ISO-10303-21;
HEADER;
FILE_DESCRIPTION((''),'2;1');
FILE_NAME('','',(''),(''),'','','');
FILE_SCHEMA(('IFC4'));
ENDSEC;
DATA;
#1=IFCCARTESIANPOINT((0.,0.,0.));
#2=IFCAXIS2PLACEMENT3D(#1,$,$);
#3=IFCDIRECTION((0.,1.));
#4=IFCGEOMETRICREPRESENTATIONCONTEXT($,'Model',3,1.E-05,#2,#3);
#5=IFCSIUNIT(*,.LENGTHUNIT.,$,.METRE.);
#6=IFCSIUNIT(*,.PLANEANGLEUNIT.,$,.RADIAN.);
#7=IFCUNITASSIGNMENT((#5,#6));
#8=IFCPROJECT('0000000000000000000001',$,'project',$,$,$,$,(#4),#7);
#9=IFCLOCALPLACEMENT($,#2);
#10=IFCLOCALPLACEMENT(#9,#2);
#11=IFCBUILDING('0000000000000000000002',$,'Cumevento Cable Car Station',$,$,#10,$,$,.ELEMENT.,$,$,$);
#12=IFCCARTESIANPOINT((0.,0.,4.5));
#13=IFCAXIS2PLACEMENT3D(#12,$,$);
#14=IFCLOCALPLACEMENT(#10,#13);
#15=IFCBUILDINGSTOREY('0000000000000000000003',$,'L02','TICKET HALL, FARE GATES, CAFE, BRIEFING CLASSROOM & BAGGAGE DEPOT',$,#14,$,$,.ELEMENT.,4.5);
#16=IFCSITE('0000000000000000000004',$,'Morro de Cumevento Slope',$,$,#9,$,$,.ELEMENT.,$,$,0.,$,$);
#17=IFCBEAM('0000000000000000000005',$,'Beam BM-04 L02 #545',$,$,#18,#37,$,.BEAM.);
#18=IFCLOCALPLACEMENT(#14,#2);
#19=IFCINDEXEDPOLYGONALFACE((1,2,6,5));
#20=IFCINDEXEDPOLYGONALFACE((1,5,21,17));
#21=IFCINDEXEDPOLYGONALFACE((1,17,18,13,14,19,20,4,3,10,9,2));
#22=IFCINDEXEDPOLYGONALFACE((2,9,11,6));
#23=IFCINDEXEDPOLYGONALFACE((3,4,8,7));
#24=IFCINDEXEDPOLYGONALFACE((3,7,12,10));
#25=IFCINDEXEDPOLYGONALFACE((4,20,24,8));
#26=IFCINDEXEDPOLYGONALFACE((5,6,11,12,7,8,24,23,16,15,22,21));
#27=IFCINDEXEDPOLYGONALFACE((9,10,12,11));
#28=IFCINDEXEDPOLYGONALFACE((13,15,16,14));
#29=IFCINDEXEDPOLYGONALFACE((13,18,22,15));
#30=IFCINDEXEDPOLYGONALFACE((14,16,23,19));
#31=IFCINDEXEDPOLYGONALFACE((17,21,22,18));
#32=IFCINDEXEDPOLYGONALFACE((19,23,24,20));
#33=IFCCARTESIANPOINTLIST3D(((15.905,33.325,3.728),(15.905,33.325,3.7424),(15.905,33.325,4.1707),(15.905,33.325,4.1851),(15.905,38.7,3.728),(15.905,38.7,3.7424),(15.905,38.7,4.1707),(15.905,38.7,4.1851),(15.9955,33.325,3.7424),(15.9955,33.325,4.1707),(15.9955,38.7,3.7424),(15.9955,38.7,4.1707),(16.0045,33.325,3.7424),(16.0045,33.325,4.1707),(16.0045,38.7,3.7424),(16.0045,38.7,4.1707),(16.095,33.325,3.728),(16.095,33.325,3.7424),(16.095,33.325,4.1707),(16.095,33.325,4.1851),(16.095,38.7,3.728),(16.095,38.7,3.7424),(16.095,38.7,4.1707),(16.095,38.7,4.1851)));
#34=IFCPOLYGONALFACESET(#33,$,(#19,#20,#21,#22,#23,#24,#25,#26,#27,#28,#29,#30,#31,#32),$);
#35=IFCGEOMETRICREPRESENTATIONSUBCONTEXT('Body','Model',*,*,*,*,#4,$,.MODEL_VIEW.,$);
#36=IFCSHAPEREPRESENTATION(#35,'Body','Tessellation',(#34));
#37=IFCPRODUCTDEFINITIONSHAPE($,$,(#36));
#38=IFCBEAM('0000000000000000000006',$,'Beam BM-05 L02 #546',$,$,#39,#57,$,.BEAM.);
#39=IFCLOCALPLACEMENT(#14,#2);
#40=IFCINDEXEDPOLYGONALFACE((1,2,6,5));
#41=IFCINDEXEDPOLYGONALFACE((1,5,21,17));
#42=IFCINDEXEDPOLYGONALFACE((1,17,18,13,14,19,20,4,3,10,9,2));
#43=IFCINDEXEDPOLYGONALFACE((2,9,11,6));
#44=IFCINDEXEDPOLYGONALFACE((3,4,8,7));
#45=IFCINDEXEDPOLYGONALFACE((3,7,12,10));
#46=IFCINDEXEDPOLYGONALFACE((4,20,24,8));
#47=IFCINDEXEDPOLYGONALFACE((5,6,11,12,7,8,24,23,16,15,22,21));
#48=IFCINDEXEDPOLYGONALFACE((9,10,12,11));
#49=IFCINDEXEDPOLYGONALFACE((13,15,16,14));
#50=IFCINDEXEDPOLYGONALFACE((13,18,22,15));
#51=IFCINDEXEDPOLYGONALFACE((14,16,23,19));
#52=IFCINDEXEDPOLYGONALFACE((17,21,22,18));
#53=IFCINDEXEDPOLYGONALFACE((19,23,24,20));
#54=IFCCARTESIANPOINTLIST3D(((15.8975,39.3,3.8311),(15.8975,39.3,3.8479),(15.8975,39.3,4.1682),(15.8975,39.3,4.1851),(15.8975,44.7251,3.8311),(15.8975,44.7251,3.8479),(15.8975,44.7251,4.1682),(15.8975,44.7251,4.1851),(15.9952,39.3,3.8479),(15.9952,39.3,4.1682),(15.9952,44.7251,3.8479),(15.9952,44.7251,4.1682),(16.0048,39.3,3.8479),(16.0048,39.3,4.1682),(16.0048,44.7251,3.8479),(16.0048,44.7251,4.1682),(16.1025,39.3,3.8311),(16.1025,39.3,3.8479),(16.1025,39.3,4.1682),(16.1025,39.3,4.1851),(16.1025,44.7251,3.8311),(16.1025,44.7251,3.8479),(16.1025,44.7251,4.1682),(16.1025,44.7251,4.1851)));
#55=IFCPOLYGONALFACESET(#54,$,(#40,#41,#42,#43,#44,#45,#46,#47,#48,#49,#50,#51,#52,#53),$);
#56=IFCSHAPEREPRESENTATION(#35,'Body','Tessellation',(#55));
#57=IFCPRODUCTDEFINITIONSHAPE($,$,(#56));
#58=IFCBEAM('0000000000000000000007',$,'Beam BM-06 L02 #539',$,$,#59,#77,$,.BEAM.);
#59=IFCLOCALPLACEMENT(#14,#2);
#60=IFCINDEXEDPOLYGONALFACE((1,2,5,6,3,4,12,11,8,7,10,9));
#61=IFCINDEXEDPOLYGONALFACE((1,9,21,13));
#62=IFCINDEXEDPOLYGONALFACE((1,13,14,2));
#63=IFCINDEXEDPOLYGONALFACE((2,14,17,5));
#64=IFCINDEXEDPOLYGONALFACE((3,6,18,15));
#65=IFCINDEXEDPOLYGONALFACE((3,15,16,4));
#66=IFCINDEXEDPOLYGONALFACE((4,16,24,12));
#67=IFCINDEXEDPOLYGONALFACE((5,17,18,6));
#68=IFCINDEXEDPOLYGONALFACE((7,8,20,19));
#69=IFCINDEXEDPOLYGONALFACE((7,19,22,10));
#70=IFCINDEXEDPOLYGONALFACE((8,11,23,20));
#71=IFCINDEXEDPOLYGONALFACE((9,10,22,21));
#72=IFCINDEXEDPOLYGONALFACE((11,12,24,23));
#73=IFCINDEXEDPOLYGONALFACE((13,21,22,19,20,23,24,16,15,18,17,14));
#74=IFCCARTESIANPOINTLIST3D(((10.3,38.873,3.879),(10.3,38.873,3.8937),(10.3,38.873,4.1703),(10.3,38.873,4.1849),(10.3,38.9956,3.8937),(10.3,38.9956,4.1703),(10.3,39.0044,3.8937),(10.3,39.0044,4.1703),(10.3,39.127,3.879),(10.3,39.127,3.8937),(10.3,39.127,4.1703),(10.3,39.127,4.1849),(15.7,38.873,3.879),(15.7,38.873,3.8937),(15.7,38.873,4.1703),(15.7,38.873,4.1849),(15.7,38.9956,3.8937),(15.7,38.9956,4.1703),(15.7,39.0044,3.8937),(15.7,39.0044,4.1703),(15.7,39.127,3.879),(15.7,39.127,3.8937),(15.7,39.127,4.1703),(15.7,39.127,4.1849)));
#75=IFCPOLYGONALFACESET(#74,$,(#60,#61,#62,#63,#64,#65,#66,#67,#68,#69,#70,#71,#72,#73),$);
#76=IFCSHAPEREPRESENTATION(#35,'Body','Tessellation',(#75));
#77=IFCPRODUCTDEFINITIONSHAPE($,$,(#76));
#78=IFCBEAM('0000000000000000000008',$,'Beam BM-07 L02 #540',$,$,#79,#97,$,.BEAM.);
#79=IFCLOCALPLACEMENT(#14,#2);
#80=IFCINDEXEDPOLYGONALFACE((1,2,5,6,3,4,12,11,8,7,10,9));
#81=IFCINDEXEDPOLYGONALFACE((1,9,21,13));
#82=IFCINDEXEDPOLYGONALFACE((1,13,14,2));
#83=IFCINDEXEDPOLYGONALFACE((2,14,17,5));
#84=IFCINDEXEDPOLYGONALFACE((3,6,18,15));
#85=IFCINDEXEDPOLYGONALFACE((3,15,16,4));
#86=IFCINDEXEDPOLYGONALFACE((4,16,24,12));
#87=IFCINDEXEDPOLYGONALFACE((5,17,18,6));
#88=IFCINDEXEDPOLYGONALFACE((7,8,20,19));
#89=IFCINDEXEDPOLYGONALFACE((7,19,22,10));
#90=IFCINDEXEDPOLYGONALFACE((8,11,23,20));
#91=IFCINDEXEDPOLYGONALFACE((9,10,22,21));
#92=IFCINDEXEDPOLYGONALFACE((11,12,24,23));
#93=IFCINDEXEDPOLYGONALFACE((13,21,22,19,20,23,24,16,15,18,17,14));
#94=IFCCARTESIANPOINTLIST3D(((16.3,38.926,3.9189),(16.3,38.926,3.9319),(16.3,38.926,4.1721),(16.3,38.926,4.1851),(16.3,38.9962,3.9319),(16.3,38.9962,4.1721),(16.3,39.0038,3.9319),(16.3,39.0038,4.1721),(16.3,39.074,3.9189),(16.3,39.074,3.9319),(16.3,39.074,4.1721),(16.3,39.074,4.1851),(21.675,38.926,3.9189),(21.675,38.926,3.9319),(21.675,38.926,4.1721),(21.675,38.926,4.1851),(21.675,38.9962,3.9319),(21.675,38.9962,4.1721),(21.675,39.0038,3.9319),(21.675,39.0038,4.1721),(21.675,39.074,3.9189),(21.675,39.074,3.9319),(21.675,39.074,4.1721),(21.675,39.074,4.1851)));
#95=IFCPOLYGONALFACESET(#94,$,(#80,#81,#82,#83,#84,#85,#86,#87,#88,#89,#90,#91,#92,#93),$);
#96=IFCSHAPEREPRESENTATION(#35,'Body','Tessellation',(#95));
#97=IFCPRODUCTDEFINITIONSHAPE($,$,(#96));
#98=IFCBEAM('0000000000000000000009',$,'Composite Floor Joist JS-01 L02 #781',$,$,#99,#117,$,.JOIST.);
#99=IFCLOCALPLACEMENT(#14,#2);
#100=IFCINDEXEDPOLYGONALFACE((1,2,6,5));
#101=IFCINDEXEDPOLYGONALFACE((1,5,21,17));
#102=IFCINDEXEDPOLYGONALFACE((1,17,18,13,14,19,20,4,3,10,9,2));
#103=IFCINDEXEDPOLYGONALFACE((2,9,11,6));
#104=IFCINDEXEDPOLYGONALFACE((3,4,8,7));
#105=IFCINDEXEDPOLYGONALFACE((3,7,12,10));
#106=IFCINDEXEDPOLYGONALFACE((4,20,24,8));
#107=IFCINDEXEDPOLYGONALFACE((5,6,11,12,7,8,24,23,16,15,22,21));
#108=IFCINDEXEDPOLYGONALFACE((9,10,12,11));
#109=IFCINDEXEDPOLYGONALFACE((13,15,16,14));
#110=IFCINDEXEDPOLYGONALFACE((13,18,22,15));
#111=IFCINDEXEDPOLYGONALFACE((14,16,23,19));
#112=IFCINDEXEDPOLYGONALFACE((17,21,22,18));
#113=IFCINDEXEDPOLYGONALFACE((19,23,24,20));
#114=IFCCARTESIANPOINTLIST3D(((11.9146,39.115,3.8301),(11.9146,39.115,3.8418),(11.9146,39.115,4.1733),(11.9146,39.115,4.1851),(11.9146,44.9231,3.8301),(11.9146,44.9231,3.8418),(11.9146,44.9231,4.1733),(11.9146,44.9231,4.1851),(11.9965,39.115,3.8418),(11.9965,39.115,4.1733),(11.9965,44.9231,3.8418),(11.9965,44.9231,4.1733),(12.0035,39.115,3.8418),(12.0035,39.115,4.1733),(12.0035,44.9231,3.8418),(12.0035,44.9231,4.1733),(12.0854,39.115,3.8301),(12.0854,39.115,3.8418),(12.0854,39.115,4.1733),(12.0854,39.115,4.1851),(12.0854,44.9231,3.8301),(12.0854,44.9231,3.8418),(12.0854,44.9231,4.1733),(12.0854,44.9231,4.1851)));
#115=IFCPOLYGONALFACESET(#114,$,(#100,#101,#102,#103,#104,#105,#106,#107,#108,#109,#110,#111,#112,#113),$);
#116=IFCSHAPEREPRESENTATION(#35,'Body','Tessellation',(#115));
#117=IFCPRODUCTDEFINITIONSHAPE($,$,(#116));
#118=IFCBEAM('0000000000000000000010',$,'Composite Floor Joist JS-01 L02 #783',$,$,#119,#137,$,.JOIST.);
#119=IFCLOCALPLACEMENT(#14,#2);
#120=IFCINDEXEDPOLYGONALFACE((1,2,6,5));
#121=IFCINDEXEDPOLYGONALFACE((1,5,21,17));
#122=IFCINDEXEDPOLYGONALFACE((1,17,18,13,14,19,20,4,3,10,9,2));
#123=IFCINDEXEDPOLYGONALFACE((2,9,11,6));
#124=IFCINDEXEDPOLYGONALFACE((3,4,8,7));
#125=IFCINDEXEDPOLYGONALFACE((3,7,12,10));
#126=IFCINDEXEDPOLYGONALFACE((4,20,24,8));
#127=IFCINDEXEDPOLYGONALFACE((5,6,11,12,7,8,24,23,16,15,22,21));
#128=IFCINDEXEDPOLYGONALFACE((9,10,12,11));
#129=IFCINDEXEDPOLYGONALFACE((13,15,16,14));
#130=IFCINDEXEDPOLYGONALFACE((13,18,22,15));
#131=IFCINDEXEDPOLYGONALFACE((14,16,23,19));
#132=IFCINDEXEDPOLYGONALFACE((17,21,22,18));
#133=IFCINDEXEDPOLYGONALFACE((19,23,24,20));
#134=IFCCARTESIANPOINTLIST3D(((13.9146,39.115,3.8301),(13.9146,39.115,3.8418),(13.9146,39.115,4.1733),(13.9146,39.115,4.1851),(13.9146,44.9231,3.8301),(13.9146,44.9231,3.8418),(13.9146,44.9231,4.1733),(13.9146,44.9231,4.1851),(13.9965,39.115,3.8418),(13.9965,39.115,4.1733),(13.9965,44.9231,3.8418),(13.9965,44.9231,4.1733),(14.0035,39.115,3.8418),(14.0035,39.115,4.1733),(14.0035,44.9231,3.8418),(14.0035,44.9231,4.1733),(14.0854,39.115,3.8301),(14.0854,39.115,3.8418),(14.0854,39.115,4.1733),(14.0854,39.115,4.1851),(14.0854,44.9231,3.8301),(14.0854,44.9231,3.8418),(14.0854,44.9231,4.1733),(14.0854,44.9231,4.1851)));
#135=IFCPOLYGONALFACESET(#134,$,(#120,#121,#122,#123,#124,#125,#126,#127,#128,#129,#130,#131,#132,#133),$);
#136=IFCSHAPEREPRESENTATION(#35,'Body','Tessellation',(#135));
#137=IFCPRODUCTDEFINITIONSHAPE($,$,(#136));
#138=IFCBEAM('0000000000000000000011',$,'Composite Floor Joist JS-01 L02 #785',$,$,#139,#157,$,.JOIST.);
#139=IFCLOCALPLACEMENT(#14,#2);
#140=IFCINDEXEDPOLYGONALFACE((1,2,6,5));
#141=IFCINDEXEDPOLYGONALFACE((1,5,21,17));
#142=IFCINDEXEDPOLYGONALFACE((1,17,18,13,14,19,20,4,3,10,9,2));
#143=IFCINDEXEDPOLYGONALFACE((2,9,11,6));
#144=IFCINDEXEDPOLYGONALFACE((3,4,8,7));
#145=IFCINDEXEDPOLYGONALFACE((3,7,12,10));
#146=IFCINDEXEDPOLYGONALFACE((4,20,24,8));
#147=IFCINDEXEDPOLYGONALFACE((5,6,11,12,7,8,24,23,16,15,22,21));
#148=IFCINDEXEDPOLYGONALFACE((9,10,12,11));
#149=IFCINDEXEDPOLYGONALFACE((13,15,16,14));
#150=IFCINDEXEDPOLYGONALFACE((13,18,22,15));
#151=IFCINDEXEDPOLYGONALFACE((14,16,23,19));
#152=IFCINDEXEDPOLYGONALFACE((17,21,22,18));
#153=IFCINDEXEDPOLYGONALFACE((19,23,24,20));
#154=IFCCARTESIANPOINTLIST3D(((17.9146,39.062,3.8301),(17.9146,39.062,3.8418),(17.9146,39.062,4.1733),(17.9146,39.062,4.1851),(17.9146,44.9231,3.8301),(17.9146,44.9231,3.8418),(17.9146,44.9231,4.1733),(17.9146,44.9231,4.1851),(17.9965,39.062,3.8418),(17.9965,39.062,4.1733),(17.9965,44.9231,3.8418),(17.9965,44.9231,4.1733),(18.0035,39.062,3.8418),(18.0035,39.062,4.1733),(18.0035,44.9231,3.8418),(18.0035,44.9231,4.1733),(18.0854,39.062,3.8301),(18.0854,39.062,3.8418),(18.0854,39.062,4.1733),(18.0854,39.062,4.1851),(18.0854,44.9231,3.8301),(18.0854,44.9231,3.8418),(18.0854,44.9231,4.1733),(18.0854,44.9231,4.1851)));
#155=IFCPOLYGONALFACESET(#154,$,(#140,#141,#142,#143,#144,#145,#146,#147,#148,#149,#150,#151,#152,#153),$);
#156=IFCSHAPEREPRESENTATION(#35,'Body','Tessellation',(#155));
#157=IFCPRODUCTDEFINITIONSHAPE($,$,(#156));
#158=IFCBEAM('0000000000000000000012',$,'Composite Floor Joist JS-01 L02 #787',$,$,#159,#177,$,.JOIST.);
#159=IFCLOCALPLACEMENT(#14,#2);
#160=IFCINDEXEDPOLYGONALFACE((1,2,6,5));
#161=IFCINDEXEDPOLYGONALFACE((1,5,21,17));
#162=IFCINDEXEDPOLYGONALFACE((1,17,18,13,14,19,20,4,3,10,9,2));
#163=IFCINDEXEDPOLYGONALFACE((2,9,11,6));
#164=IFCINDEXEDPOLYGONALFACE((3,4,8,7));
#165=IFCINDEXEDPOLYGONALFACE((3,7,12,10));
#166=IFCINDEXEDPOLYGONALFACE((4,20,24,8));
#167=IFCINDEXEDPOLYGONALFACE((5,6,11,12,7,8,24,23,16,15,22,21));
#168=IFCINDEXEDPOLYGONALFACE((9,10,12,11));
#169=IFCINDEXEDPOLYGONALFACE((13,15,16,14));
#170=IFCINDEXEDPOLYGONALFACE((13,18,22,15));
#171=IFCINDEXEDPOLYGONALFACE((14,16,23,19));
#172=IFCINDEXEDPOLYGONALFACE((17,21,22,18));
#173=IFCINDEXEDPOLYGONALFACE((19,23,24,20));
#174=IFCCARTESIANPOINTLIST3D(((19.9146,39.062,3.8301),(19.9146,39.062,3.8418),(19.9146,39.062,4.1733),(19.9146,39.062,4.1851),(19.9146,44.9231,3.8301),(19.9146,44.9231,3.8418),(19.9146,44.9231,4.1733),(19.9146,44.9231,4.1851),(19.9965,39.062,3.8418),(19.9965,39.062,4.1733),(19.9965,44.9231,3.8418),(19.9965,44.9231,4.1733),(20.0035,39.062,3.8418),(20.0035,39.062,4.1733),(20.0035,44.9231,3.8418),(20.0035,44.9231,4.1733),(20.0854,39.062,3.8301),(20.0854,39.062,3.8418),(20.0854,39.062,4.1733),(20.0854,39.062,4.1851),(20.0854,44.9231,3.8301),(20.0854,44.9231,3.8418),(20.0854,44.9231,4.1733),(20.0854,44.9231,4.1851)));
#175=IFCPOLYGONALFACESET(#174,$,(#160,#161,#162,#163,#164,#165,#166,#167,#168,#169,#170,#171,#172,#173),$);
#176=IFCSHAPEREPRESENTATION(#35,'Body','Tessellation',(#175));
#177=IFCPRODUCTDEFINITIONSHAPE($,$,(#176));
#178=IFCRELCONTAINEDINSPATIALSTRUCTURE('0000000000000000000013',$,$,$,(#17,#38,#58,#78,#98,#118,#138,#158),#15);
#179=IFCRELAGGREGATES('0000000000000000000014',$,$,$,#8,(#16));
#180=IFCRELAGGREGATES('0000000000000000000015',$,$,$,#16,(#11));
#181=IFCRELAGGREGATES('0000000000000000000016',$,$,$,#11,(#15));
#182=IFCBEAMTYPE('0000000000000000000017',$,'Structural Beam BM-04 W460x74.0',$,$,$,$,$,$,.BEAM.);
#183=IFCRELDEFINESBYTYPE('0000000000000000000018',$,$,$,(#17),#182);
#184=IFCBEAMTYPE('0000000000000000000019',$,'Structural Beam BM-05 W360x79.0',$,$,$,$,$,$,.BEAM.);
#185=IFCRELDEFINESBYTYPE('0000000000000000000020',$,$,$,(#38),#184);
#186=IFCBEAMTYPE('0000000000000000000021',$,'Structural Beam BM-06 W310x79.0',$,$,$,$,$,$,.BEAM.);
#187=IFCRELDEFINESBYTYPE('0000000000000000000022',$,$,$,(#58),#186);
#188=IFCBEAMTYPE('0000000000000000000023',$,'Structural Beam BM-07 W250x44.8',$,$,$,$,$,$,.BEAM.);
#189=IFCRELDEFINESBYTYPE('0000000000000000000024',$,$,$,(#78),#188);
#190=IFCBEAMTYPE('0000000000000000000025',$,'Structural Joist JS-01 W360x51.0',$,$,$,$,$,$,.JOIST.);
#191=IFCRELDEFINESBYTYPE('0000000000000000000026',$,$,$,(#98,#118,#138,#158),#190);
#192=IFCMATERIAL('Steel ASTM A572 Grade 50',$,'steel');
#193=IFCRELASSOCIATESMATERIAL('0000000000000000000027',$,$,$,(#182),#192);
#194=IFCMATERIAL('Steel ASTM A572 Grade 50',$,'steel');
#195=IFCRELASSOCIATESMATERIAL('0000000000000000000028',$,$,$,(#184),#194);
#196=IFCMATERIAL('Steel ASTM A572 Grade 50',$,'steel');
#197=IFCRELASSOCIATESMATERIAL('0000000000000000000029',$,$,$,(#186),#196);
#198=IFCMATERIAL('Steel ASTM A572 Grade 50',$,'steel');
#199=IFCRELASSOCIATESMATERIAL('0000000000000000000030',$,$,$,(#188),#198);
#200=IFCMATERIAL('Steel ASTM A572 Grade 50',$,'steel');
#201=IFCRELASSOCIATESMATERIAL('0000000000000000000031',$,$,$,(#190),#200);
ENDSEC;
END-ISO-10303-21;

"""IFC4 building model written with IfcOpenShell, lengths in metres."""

from ifc_helpers import new_model, si_unit, direction, frame, origin, origin_2d, place, context, subcontext, project, spatial, i_section, extrude, material, material_profile, profile_set, type_object, element, save


model = new_model("IFC4")

# Units and contexts
model_context = context("Model", 3, precision=1e-05, world=origin(), true_north=direction((0.0, 1.0)))
body_context = subcontext(model_context, "Body", "Model", "MODEL_VIEW")
ifc_project = project(units=[si_unit("LENGTHUNIT", "METRE"), si_unit("PLANEANGLEUNIT", "RADIAN")], contexts=[model_context])

# Site, building, storey
site_placement = place(None, origin())
site = spatial("IfcSite", under=ifc_project, at=site_placement, Name="Morro de Cumevento Slope", CompositionType="ELEMENT", RefElevation=0.0)
building_placement = place(site_placement, origin())
building = spatial("IfcBuilding", under=site, at=building_placement, Name="Cumevento Cable Car Station", CompositionType="ELEMENT")
storey_placement = place(building_placement, frame((0.0, 0.0, 4.5)))
storey = spatial("IfcBuildingStorey", under=building, at=storey_placement, Name="L02", Description="TICKET HALL, FARE GATES, CAFE, BRIEFING CLASSROOM & BAGGAGE DEPOT", CompositionType="ELEMENT", Elevation=4.5)

# Beams
ifc_material_1 = material(Name="Steel ASTM A572 Grade 50", Category="steel")
ifc_material_profile_1 = material_profile(ifc_material_1, i_section(OverallWidth=0.1899, OverallDepth=0.457, WebThickness=0.009, FlangeThickness=0.0144, at=origin_2d()), Name="W460x74.0")
ifc_profile_set_1 = profile_set([ifc_material_profile_1], Name="Steel ASTM A572 Grade 50")
beam_type_1 = type_object("IfcBeamType", Name="Structural Beam BM-04 W460x74.0", PredefinedType="BEAM", material=ifc_profile_set_1)
beam_1_placement = place(storey_placement, frame((16.0, 33.325, 3.9565), z_axis=(0.0, 1.0, 0.0), x_axis=(-1.0, 0.0, 0.0)))
element("IfcBeam", 1, at=beam_1_placement, inside=storey, type_object=beam_type_1, Name="Beam BM-04 L02 #545", PredefinedType="BEAM", context=body_context, shape_type="SweptSolid", body=[
    extrude(i_section(OverallWidth=0.1899, OverallDepth=0.457, WebThickness=0.009, FlangeThickness=0.0144, at=origin_2d()), origin(), (0.0, 0.0, 1.0), 5.375),
])
ifc_material_2 = material(Name="Steel ASTM A572 Grade 50", Category="steel")
ifc_material_profile_2 = material_profile(ifc_material_2, i_section(OverallWidth=0.2051, OverallDepth=0.354, WebThickness=0.0095, FlangeThickness=0.0168, at=origin_2d()), Name="W360x79.0")
ifc_profile_set_2 = profile_set([ifc_material_profile_2], Name="Steel ASTM A572 Grade 50")
beam_type_2 = type_object("IfcBeamType", Name="Structural Beam BM-05 W360x79.0", PredefinedType="BEAM", material=ifc_profile_set_2)
beam_2_placement = place(storey_placement, frame((16.0, 39.3, 4.0081), z_axis=(0.0, 1.0, 0.0), x_axis=(-1.0, 0.0, 0.0)))
element("IfcBeam", 2, at=beam_2_placement, inside=storey, type_object=beam_type_2, Name="Beam BM-05 L02 #546", PredefinedType="BEAM", context=body_context, shape_type="SweptSolid", body=[
    extrude(i_section(OverallWidth=0.2051, OverallDepth=0.354, WebThickness=0.0095, FlangeThickness=0.0168, at=origin_2d()), origin(), (0.0, 0.0, 1.0), 5.425),
])
ifc_material_3 = material(Name="Steel ASTM A572 Grade 50", Category="steel")
ifc_material_profile_3 = material_profile(ifc_material_3, i_section(OverallWidth=0.2539, OverallDepth=0.3059, WebThickness=0.0088, FlangeThickness=0.0146, at=origin_2d()), Name="W310x79.0")
ifc_profile_set_3 = profile_set([ifc_material_profile_3], Name="Steel ASTM A572 Grade 50")
beam_type_3 = type_object("IfcBeamType", Name="Structural Beam BM-06 W310x79.0", PredefinedType="BEAM", material=ifc_profile_set_3)
beam_3_placement = place(storey_placement, frame((10.3, 39.0, 4.032), z_axis=(1.0, 0.0, 0.0), x_axis=(0.0, 1.0, 0.0)))
element("IfcBeam", 3, at=beam_3_placement, inside=storey, type_object=beam_type_3, Name="Beam BM-06 L02 #539", PredefinedType="BEAM", context=body_context, shape_type="SweptSolid", body=[
    extrude(i_section(OverallWidth=0.2539, OverallDepth=0.3059, WebThickness=0.0088, FlangeThickness=0.0146, at=origin_2d()), origin(), (0.0, 0.0, 1.0), 5.3999),
])
ifc_material_4 = material(Name="Steel ASTM A572 Grade 50", Category="steel")
ifc_material_profile_4 = material_profile(ifc_material_4, i_section(OverallWidth=0.1479, OverallDepth=0.2661, WebThickness=0.0076, FlangeThickness=0.0129, at=origin_2d()), Name="W250x44.8")
ifc_profile_set_4 = profile_set([ifc_material_profile_4], Name="Steel ASTM A572 Grade 50")
beam_type_4 = type_object("IfcBeamType", Name="Structural Beam BM-07 W250x44.8", PredefinedType="BEAM", material=ifc_profile_set_4)
beam_4_placement = place(storey_placement, frame((16.3, 39.0, 4.052), z_axis=(1.0, 0.0, 0.0), x_axis=(0.0, 1.0, 0.0)))
element("IfcBeam", 4, at=beam_4_placement, inside=storey, type_object=beam_type_4, Name="Beam BM-07 L02 #540", PredefinedType="BEAM", context=body_context, shape_type="SweptSolid", body=[
    extrude(i_section(OverallWidth=0.1479, OverallDepth=0.2661, WebThickness=0.0076, FlangeThickness=0.0129, at=origin_2d()), origin(), (0.0, 0.0, 1.0), 5.375),
])
ifc_material_5 = material(Name="Steel ASTM A572 Grade 50", Category="steel")
ifc_material_profile_5 = material_profile(ifc_material_5, i_section(OverallWidth=0.1709, OverallDepth=0.355, WebThickness=0.0071, FlangeThickness=0.0117, at=origin_2d()), Name="W360x51.0")
ifc_profile_set_5 = profile_set([ifc_material_profile_5], Name="Steel ASTM A572 Grade 50")
beam_type_5 = type_object("IfcBeamType", Name="Structural Joist JS-01 W360x51.0", PredefinedType="JOIST", material=ifc_profile_set_5)
for number, where, z_axis, x_axis, name in (
    (5, (12.0, 39.115, 4.0076), (0.0, 1.0, 0.0), (-1.0, 0.0, 0.0), "Composite Floor Joist JS-01 L02 #781"),
    (6, (14.0, 39.115, 4.0076), (0.0, 1.0, 0.0), (-1.0, 0.0, 0.0), "Composite Floor Joist JS-01 L02 #783"),
):
    element("IfcBeam", number, at=place(storey_placement, frame(where, z_axis=z_axis, x_axis=x_axis)), inside=storey, type_object=beam_type_5, Name=name, PredefinedType="JOIST", context=body_context, shape_type="SweptSolid", body=[
        extrude(i_section(OverallWidth=0.1709, OverallDepth=0.355, WebThickness=0.0071, FlangeThickness=0.0117, at=origin_2d()), origin(), (0.0, 0.0, 1.0), 5.8081),
    ])
for number, where, z_axis, x_axis, name in (
    (7, (18.0, 39.062, 4.0076), (0.0, 1.0, 0.0), (-1.0, 0.0, 0.0), "Composite Floor Joist JS-01 L02 #785"),
    (8, (20.0, 39.062, 4.0076), (0.0, 1.0, 0.0), (-1.0, 0.0, 0.0), "Composite Floor Joist JS-01 L02 #787"),
):
    element("IfcBeam", number, at=place(storey_placement, frame(where, z_axis=z_axis, x_axis=x_axis)), inside=storey, type_object=beam_type_5, Name=name, PredefinedType="JOIST", context=body_context, shape_type="SweptSolid", body=[
        extrude(i_section(OverallWidth=0.1709, OverallDepth=0.355, WebThickness=0.0071, FlangeThickness=0.0117, at=origin_2d()), origin(), (0.0, 0.0, 1.0), 5.8611),
    ])

save(model, "model.ifc")
